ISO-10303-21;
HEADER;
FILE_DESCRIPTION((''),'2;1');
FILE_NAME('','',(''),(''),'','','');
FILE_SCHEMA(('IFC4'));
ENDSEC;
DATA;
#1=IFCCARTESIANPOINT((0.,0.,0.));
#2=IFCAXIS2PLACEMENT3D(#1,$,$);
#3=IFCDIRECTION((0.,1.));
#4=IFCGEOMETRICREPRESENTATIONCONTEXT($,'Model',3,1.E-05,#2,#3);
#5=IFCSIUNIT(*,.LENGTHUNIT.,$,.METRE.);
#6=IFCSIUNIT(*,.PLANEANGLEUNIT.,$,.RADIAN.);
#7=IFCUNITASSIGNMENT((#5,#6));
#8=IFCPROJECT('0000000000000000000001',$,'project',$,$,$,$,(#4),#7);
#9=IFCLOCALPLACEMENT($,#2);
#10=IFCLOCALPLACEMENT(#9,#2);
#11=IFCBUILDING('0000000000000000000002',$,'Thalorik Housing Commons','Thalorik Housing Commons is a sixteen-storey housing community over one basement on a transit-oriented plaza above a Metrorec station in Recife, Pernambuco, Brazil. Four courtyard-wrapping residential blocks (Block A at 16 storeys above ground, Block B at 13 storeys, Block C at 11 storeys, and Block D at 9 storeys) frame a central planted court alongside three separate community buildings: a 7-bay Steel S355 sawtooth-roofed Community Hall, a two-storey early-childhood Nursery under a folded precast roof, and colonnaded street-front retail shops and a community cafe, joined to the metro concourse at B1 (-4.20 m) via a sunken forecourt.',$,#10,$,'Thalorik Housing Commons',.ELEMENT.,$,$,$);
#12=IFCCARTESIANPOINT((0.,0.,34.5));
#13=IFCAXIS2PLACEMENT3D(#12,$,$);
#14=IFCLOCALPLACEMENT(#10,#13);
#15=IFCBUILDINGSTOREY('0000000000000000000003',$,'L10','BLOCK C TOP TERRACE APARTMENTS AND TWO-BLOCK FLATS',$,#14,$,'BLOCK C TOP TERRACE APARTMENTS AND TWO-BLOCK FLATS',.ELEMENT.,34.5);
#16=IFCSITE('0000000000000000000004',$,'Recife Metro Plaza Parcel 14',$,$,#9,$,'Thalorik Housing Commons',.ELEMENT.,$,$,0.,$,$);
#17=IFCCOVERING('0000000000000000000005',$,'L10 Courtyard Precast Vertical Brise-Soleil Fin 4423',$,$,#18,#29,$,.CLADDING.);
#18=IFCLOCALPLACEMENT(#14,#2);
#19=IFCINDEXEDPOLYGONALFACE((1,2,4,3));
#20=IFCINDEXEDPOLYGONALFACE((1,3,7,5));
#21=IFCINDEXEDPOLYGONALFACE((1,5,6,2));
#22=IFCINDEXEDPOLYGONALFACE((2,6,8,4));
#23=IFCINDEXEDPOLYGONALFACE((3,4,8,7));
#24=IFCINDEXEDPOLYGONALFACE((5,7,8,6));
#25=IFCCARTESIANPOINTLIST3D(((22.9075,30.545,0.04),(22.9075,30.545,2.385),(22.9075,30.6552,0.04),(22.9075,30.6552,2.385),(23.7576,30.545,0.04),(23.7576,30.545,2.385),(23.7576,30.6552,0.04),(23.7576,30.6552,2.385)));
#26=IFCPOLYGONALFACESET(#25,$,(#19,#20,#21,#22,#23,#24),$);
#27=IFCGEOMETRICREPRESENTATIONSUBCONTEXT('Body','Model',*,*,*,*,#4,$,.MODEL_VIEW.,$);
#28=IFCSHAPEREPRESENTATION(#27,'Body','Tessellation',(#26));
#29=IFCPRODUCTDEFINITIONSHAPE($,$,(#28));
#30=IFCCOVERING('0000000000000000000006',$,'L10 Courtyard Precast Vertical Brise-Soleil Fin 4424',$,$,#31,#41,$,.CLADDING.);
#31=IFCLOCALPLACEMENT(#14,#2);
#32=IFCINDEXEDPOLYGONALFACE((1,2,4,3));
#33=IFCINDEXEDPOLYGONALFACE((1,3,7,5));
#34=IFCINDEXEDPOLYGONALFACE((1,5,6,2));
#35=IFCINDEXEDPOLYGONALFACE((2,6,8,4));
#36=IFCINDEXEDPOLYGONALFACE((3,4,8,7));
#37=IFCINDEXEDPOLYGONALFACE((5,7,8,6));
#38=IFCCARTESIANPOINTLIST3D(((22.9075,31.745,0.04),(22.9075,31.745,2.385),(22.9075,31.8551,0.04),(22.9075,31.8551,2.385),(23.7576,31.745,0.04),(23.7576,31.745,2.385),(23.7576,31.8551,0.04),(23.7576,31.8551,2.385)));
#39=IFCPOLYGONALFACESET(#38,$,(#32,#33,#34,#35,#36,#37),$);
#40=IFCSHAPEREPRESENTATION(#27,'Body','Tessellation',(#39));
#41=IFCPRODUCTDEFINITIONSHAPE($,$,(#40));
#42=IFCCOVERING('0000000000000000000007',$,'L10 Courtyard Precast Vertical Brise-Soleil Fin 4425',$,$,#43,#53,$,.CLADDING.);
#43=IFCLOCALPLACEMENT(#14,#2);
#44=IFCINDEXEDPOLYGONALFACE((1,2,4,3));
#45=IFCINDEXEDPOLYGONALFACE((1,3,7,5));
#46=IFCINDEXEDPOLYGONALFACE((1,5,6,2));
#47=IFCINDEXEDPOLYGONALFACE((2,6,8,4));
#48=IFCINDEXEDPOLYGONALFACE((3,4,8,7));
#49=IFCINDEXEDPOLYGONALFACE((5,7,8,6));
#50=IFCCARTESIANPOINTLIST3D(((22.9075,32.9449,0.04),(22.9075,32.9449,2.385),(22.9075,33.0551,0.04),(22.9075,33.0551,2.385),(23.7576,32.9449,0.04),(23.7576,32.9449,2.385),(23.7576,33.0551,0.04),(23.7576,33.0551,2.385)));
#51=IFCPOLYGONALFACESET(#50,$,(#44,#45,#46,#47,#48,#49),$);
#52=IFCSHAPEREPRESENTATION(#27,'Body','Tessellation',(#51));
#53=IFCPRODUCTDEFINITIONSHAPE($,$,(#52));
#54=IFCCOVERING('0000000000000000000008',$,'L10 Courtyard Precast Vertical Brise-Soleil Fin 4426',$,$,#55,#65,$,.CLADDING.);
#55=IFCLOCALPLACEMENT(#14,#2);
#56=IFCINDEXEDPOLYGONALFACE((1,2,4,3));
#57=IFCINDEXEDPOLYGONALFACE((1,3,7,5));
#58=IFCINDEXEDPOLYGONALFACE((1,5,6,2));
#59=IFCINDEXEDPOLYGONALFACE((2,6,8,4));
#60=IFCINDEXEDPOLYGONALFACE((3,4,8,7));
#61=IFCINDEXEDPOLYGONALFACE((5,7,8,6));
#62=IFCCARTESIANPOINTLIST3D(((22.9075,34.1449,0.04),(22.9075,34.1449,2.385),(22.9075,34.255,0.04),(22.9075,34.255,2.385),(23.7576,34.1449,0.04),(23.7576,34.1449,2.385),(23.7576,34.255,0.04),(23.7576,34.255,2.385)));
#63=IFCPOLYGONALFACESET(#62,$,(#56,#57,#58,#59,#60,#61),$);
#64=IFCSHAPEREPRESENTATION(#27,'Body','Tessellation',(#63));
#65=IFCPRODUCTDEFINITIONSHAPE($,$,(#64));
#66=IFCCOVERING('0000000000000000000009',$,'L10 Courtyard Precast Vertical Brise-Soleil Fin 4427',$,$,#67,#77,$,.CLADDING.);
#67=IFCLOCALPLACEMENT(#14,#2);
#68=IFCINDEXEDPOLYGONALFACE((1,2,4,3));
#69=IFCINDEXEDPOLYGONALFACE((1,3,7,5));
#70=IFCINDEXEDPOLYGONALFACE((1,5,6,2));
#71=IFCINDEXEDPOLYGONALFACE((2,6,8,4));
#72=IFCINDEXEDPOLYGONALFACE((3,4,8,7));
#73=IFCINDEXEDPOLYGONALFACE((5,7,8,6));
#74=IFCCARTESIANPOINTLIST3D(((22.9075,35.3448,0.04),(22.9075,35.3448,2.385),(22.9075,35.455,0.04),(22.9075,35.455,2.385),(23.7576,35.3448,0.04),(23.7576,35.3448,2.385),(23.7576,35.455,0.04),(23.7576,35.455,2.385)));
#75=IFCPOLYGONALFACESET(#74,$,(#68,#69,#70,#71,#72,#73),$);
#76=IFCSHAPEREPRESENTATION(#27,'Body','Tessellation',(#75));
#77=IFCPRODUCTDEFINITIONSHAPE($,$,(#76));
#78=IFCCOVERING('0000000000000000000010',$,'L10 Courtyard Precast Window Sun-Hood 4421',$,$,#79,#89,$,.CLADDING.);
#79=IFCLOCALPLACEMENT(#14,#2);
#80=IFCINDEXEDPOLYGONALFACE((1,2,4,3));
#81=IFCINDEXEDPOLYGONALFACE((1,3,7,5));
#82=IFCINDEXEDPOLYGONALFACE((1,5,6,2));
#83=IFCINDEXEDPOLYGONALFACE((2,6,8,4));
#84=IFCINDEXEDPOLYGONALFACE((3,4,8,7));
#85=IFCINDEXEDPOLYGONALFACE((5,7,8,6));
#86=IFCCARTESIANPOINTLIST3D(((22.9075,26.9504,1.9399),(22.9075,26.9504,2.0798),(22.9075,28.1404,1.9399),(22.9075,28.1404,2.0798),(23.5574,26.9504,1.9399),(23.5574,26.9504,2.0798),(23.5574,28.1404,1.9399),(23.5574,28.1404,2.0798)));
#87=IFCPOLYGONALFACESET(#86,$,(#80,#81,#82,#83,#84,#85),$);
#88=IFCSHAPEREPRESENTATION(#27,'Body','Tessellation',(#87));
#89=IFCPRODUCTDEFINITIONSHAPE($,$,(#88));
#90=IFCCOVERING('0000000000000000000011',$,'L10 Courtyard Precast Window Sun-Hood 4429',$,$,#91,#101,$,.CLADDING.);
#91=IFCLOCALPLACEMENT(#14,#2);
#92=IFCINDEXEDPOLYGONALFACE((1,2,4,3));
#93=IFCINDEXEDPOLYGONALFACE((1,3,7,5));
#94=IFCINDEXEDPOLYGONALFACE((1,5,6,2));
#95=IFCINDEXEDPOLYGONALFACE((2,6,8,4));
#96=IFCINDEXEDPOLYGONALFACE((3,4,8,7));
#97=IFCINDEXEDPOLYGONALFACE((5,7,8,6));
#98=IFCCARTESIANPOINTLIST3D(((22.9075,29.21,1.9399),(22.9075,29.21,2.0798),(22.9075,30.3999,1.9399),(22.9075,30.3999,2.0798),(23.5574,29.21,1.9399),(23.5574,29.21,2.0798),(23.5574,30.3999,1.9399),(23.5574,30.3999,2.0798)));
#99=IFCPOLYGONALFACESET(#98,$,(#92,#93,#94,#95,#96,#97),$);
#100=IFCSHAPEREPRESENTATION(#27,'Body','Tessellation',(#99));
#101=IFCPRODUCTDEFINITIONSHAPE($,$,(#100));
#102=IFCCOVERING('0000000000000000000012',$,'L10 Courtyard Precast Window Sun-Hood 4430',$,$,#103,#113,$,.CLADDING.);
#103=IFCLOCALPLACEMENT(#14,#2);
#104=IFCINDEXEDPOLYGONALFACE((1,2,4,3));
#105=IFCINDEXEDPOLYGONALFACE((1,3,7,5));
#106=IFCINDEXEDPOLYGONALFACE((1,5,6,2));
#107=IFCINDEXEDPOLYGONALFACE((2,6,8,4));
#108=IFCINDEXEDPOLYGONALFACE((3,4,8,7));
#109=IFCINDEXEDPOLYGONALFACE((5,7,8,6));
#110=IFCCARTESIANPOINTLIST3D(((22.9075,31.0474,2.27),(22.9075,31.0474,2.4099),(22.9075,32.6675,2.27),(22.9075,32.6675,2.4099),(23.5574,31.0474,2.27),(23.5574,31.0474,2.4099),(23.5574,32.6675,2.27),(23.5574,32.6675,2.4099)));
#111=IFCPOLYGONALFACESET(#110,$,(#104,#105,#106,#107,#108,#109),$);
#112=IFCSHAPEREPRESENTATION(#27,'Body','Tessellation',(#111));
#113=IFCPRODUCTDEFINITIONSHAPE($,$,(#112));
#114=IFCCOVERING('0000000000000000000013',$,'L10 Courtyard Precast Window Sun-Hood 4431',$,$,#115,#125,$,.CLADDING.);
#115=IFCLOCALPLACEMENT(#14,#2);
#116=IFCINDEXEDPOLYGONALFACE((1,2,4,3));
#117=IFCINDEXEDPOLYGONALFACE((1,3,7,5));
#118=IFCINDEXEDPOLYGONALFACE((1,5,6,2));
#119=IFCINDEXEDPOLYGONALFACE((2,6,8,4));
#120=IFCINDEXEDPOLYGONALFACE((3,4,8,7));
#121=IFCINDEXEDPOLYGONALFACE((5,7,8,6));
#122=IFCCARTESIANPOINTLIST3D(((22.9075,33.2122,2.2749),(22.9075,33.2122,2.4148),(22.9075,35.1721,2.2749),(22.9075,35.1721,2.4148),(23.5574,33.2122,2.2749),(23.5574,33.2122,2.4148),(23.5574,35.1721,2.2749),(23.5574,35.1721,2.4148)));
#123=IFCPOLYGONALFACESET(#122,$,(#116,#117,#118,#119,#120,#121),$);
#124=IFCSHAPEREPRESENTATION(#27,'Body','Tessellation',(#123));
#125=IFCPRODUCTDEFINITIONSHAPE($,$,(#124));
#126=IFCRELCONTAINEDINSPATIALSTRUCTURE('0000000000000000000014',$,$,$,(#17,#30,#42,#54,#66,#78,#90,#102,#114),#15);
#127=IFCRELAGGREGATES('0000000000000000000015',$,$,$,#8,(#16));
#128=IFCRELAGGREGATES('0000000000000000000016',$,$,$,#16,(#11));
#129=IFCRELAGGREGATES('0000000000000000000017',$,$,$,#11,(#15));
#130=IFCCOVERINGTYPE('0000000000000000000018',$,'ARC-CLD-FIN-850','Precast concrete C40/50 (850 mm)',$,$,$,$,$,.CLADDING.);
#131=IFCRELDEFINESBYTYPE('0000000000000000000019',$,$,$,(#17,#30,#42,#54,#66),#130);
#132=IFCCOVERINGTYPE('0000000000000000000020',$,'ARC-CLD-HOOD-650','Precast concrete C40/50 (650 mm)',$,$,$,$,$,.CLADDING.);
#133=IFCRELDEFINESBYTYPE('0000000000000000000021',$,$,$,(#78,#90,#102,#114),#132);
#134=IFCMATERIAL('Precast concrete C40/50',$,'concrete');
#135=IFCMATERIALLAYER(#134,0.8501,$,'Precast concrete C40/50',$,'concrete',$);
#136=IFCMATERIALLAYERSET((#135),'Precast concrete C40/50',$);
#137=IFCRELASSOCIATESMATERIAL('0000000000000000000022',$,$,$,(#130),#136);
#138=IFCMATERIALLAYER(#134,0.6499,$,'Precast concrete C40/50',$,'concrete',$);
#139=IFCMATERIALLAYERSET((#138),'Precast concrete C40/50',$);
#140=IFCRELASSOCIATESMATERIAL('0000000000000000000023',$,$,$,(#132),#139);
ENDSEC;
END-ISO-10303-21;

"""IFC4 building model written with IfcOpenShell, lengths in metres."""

from ifc_helpers import new_model, si_unit, direction, frame, origin, origin_2d, place, context, subcontext, project, spatial, rectangle, extrude, material, layer, layer_set, type_object, element, save


model = new_model("IFC4")

# Units and contexts
model_context = context("Model", 3, precision=1e-05, world=origin(), true_north=direction((0.0, 1.0)))
body_context = subcontext(model_context, "Body", "Model", "MODEL_VIEW")
ifc_project = project(units=[si_unit("LENGTHUNIT", "METRE"), si_unit("PLANEANGLEUNIT", "RADIAN")], contexts=[model_context])

# Site, building, storey
site_placement = place(None, origin())
site = spatial("IfcSite", under=ifc_project, at=site_placement, Name="Recife Metro Plaza Parcel 14", LongName="Thalorik Housing Commons", CompositionType="ELEMENT", RefElevation=0.0)
building_placement = place(site_placement, origin())
building = spatial("IfcBuilding", under=site, at=building_placement, Name="Thalorik Housing Commons", Description="Thalorik Housing Commons is a sixteen-storey housing community over one basement on a transit-oriented plaza above a Metrorec station in Recife, Pernambuco, Brazil. Four courtyard-wrapping residential blocks (Block A at 16 storeys above ground, Block B at 13 storeys, Block C at 11 storeys, and Block D at 9 storeys) frame a central planted court alongside three separate community buildings: a 7-bay Steel S355 sawtooth-roofed Community Hall, a two-storey early-childhood Nursery under a folded precast roof, and colonnaded street-front retail shops and a community cafe, joined to the metro concourse at B1 (-4.20 m) via a sunken forecourt.", LongName="Thalorik Housing Commons", CompositionType="ELEMENT")
storey_placement = place(building_placement, frame((0.0, 0.0, 34.5)))
storey = spatial("IfcBuildingStorey", under=building, at=storey_placement, Name="L10", Description="BLOCK C TOP TERRACE APARTMENTS AND TWO-BLOCK FLATS", LongName="BLOCK C TOP TERRACE APARTMENTS AND TWO-BLOCK FLATS", CompositionType="ELEMENT", Elevation=34.5)

# Shared definitions
ifc_material_1 = material(Name="Precast concrete C40/50", Category="concrete")

# Coverings
ifc_layer_1 = layer(ifc_material_1, 0.8501, Name="Precast concrete C40/50", Category="concrete")
ifc_layer_set_1 = layer_set([ifc_layer_1], Name="Precast concrete C40/50")
covering_type_1 = type_object("IfcCoveringType", Name="ARC-CLD-FIN-850", Description="Precast concrete C40/50 (850 mm)", PredefinedType="CLADDING", material=ifc_layer_set_1)
for number, where, z_axis, x_axis, name in (
    (1, (23.3325, 30.6001, 0.04), (0.0, 0.0, 1.0), (0.0, 1.0, 0.0), "L10 Courtyard Precast Vertical Brise-Soleil Fin 4423"),
    (2, (23.3325, 31.8, 0.04), (0.0, 0.0, 1.0), (0.0, 1.0, 0.0), "L10 Courtyard Precast Vertical Brise-Soleil Fin 4424"),
    (3, (23.3325, 33.0, 0.04), (0.0, 0.0, 1.0), (0.0, 1.0, 0.0), "L10 Courtyard Precast Vertical Brise-Soleil Fin 4425"),
    (4, (23.3325, 34.2, 0.04), (0.0, 0.0, 1.0), (0.0, 1.0, 0.0), "L10 Courtyard Precast Vertical Brise-Soleil Fin 4426"),
    (5, (23.3325, 35.3999, 0.04), (0.0, 0.0, 1.0), (0.0, 1.0, 0.0), "L10 Courtyard Precast Vertical Brise-Soleil Fin 4427"),
):
    element("IfcCovering", number, at=place(storey_placement, frame(where, z_axis=z_axis, x_axis=x_axis)), inside=storey, type_object=covering_type_1, Name=name, PredefinedType="CLADDING", context=body_context, shape_type="SweptSolid", body=[
        extrude(rectangle(XDim=0.1101, YDim=0.8501, at=origin_2d()), origin(), (0.0, 0.0, 1.0), 2.345),
    ])
ifc_layer_2 = layer(ifc_material_1, 0.6499, Name="Precast concrete C40/50", Category="concrete")
ifc_layer_set_2 = layer_set([ifc_layer_2], Name="Precast concrete C40/50")
covering_type_2 = type_object("IfcCoveringType", Name="ARC-CLD-HOOD-650", Description="Precast concrete C40/50 (650 mm)", PredefinedType="CLADDING", material=ifc_layer_set_2)
for number, where, z_axis, x_axis, name in (
    (6, (23.2324, 27.5454, 1.9399), (0.0, 0.0, 1.0), (0.0, 1.0, 0.0), "L10 Courtyard Precast Window Sun-Hood 4421"),
    (7, (23.2324, 29.8049, 1.9399), (0.0, 0.0, 1.0), (0.0, 1.0, 0.0), "L10 Courtyard Precast Window Sun-Hood 4429"),
):
    element("IfcCovering", number, at=place(storey_placement, frame(where, z_axis=z_axis, x_axis=x_axis)), inside=storey, type_object=covering_type_2, Name=name, PredefinedType="CLADDING", context=body_context, shape_type="SweptSolid", body=[
        extrude(rectangle(XDim=1.1899, YDim=0.6499, at=origin_2d()), origin(), (0.0, 0.0, 1.0), 0.1399),
    ])
covering_1_placement = place(storey_placement, frame((23.2324, 31.8574, 2.27), z_axis=(0.0, 0.0, 1.0), x_axis=(0.0, 1.0, 0.0)))
element("IfcCovering", 8, at=covering_1_placement, inside=storey, type_object=covering_type_2, Name="L10 Courtyard Precast Window Sun-Hood 4430", PredefinedType="CLADDING", context=body_context, shape_type="SweptSolid", body=[
    extrude(rectangle(XDim=1.6201, YDim=0.6499, at=origin_2d()), origin(), (0.0, 0.0, 1.0), 0.1399),
])
covering_2_placement = place(storey_placement, frame((23.2324, 34.1921, 2.2749), z_axis=(0.0, 0.0, 1.0), x_axis=(0.0, 1.0, 0.0)))
element("IfcCovering", 9, at=covering_2_placement, inside=storey, type_object=covering_type_2, Name="L10 Courtyard Precast Window Sun-Hood 4431", PredefinedType="CLADDING", context=body_context, shape_type="SweptSolid", body=[
    extrude(rectangle(XDim=1.96, YDim=0.6499, at=origin_2d()), origin(), (0.0, 0.0, 1.0), 0.1399),
])

save(model, "model.ifc")
